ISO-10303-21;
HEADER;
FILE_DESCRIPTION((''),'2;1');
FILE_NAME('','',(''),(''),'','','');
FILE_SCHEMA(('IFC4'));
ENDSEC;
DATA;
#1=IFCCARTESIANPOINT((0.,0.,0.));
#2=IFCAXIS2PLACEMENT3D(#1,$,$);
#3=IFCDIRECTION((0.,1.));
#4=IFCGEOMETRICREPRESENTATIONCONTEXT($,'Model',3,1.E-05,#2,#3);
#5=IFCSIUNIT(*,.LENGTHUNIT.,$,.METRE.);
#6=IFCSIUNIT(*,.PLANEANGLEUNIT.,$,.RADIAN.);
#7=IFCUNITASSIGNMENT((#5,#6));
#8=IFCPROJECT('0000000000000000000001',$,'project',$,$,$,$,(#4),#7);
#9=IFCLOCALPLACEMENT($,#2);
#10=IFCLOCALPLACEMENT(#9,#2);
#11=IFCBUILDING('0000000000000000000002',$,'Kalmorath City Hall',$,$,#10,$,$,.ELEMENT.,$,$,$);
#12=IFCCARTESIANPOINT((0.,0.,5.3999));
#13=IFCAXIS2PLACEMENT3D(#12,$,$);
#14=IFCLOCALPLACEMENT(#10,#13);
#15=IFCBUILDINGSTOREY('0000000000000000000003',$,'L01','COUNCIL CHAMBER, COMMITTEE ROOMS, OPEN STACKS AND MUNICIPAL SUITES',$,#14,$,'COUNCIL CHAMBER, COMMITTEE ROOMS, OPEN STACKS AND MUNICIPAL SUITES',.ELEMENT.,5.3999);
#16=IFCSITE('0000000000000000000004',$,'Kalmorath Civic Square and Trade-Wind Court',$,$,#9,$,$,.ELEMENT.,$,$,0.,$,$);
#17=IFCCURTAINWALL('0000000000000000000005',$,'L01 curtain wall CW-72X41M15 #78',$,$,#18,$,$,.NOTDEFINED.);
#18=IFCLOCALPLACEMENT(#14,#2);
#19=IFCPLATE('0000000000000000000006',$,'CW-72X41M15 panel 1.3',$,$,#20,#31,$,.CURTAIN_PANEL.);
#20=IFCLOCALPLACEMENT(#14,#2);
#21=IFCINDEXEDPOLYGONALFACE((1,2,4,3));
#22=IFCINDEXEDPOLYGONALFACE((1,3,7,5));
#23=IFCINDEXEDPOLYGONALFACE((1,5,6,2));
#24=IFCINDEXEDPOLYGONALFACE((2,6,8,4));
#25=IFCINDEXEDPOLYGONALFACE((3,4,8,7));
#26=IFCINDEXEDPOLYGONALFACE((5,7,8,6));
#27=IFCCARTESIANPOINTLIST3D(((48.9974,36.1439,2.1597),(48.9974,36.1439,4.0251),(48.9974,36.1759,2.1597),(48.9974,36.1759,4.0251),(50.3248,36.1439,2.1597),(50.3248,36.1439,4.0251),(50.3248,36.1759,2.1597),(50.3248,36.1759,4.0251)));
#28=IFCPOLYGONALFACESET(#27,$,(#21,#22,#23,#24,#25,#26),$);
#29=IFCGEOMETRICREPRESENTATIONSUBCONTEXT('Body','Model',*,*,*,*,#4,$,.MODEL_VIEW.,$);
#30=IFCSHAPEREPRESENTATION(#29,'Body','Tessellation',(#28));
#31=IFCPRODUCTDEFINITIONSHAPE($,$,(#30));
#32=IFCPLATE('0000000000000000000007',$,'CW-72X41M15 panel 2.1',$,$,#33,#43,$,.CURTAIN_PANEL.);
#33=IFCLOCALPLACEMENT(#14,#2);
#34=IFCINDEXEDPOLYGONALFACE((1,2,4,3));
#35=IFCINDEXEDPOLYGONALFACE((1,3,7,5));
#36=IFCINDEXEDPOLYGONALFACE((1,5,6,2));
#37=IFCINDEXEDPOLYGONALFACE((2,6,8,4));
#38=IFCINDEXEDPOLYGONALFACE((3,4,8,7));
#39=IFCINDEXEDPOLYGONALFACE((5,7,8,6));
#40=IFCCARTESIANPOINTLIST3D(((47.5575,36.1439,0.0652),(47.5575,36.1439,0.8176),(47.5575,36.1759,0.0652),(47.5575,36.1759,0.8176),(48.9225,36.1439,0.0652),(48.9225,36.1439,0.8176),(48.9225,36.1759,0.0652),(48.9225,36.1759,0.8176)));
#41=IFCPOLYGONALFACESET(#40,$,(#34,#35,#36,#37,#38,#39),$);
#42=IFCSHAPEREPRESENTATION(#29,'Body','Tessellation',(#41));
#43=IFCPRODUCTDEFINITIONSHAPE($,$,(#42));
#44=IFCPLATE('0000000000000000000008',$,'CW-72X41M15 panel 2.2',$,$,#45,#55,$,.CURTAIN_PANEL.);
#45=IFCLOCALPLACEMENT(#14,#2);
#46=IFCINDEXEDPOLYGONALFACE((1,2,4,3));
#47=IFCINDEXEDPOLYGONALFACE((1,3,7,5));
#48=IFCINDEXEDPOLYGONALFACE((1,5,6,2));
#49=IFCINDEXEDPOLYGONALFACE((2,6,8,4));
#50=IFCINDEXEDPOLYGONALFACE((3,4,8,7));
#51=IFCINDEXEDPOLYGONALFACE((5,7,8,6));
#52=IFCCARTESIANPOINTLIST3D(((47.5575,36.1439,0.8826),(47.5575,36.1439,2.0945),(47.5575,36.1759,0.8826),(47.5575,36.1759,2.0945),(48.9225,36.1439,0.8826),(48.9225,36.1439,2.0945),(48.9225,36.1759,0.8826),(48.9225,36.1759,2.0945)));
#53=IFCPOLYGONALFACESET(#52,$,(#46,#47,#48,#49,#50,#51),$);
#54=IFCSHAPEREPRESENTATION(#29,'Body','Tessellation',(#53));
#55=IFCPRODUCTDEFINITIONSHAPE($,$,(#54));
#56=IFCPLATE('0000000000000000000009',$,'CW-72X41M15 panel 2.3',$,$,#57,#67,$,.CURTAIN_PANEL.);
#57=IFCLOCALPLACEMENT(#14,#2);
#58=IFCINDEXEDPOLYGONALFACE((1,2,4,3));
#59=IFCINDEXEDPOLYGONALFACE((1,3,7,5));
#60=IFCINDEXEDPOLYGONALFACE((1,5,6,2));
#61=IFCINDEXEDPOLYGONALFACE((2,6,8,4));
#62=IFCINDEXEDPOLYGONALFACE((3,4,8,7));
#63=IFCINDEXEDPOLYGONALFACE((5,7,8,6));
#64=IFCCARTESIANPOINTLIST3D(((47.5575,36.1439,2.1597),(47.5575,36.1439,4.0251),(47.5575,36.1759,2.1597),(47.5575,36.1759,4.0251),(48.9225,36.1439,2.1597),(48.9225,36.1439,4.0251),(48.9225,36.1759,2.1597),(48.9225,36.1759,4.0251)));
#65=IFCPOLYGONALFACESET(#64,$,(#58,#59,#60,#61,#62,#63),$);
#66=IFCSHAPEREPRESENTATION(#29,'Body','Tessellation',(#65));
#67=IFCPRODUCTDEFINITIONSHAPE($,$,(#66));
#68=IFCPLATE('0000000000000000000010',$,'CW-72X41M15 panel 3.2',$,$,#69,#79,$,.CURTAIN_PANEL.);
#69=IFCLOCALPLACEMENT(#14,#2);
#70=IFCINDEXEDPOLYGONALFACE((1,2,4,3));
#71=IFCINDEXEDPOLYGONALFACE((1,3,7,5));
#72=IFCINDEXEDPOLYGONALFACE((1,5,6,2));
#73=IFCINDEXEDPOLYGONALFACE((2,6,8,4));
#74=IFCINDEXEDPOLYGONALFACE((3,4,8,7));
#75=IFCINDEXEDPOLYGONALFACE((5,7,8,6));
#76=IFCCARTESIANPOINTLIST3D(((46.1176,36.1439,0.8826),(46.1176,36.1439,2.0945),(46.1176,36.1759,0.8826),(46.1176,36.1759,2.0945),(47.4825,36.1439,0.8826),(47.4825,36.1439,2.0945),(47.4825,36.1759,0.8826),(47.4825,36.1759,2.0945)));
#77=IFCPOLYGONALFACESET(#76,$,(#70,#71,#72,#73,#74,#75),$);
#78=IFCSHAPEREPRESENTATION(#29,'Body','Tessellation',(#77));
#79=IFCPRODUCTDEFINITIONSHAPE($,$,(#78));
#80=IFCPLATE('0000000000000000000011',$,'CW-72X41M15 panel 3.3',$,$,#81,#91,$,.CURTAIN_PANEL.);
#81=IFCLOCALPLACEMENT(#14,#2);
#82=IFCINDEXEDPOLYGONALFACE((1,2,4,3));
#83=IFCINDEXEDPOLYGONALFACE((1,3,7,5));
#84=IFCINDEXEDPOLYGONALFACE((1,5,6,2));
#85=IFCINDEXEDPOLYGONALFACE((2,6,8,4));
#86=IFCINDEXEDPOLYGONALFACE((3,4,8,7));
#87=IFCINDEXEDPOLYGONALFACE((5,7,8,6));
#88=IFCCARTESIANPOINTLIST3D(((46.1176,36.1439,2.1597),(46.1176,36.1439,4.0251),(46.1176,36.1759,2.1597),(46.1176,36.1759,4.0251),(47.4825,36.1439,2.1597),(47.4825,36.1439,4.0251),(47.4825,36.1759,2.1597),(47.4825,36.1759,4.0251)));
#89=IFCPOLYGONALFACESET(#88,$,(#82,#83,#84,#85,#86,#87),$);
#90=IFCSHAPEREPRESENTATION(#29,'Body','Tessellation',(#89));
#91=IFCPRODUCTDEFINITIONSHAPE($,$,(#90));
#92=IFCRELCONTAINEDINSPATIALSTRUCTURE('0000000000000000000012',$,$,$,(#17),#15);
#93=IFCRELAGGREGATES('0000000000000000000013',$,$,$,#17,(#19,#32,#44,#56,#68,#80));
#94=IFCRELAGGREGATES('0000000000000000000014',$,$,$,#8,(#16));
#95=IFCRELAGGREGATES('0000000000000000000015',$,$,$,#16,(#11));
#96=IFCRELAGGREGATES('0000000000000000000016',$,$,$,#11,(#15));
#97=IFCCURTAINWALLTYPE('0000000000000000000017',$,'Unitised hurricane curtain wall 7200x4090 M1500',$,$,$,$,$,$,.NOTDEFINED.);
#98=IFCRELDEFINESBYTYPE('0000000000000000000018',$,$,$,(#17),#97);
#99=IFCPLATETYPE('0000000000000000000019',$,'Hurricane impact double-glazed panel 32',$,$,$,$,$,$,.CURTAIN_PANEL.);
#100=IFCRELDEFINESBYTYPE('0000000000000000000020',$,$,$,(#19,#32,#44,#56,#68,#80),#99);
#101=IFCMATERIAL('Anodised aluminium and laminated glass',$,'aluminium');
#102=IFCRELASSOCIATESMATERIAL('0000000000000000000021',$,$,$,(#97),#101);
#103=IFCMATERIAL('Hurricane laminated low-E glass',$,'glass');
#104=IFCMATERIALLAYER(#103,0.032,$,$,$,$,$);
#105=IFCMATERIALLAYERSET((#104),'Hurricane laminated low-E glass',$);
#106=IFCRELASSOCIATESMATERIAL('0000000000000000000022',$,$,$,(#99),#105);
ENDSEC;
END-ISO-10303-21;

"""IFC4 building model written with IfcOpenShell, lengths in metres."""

from ifc_helpers import new_model, si_unit, direction, frame, origin, origin_2d, place, context, subcontext, project, spatial, rectangle, extrude, material, layer, layer_set, type_object, element, aggregate, save


model = new_model("IFC4")

# Units and contexts
model_context = context("Model", 3, precision=1e-05, world=origin(), true_north=direction((0.0, 1.0)))
body_context = subcontext(model_context, "Body", "Model", "MODEL_VIEW")
ifc_project = project(units=[si_unit("LENGTHUNIT", "METRE"), si_unit("PLANEANGLEUNIT", "RADIAN")], contexts=[model_context])

# Site, building, storey
site_placement = place(None, origin())
site = spatial("IfcSite", under=ifc_project, at=site_placement, Name="Kalmorath Civic Square and Trade-Wind Court", CompositionType="ELEMENT", RefElevation=0.0)
building_placement = place(site_placement, origin())
building = spatial("IfcBuilding", under=site, at=building_placement, Name="Kalmorath City Hall", CompositionType="ELEMENT")
storey_placement = place(building_placement, frame((0.0, 0.0, 5.3999)))
storey = spatial("IfcBuildingStorey", under=building, at=storey_placement, Name="L01", Description="COUNCIL CHAMBER, COMMITTEE ROOMS, OPEN STACKS AND MUNICIPAL SUITES", LongName="COUNCIL CHAMBER, COMMITTEE ROOMS, OPEN STACKS AND MUNICIPAL SUITES", CompositionType="ELEMENT", Elevation=5.3999)

# Curtain wall
ifc_material_1 = material(Name="Anodised aluminium and laminated glass", Category="aluminium")
curtain_wall_type_1 = type_object("IfcCurtainWallType", Name="Unitised hurricane curtain wall 7200x4090 M1500", PredefinedType="NOTDEFINED", material=ifc_material_1)
curtain_wall_1_placement = place(storey_placement, origin())
curtain_wall_1 = element("IfcCurtainWall", 1, at=curtain_wall_1_placement, inside=storey, type_object=curtain_wall_type_1, Name="L01 curtain wall CW-72X41M15 #78", PredefinedType="NOTDEFINED")

# Plates
ifc_material_2 = material(Name="Hurricane laminated low-E glass", Category="glass")
ifc_layer = layer(ifc_material_2, 0.032)
ifc_layer_set = layer_set([ifc_layer], Name="Hurricane laminated low-E glass")
plate_type = type_object("IfcPlateType", Name="Hurricane impact double-glazed panel 32", PredefinedType="CURTAIN_PANEL", material=ifc_layer_set)
plate_1_placement = place(storey_placement, frame((49.6611, 36.1599, 2.1597), z_axis=(0.0, 0.0, 1.0), x_axis=(-1.0, 0.0, 0.0)))
plate_1 = element("IfcPlate", 2, at=plate_1_placement, type_object=plate_type, Name="CW-72X41M15 panel 1.3", PredefinedType="CURTAIN_PANEL", context=body_context, shape_type="SweptSolid", body=[
    extrude(rectangle(XDim=1.3274, YDim=0.032, at=origin_2d()), origin(), (0.0, 0.0, 1.0), 1.8655),
])
plate_2_placement = place(storey_placement, frame((48.24, 36.1599, 0.0652), z_axis=(0.0, 0.0, 1.0), x_axis=(-1.0, 0.0, 0.0)))
plate_2 = element("IfcPlate", 3, at=plate_2_placement, type_object=plate_type, Name="CW-72X41M15 panel 2.1", PredefinedType="CURTAIN_PANEL", context=body_context, shape_type="SweptSolid", body=[
    extrude(rectangle(XDim=1.365, YDim=0.032, at=origin_2d()), origin(), (0.0, 0.0, 1.0), 0.7524),
])
plate_3_placement = place(storey_placement, frame((48.24, 36.1599, 0.8826), z_axis=(0.0, 0.0, 1.0), x_axis=(-1.0, 0.0, 0.0)))
plate_3 = element("IfcPlate", 4, at=plate_3_placement, type_object=plate_type, Name="CW-72X41M15 panel 2.2", PredefinedType="CURTAIN_PANEL", context=body_context, shape_type="SweptSolid", body=[
    extrude(rectangle(XDim=1.365, YDim=0.032, at=origin_2d()), origin(), (0.0, 0.0, 1.0), 1.2119),
])
plate_4_placement = place(storey_placement, frame((48.24, 36.1599, 2.1597), z_axis=(0.0, 0.0, 1.0), x_axis=(-1.0, 0.0, 0.0)))
plate_4 = element("IfcPlate", 5, at=plate_4_placement, type_object=plate_type, Name="CW-72X41M15 panel 2.3", PredefinedType="CURTAIN_PANEL", context=body_context, shape_type="SweptSolid", body=[
    extrude(rectangle(XDim=1.365, YDim=0.032, at=origin_2d()), origin(), (0.0, 0.0, 1.0), 1.8655),
])
plate_5_placement = place(storey_placement, frame((46.8, 36.1599, 0.8826), z_axis=(0.0, 0.0, 1.0), x_axis=(-1.0, 0.0, 0.0)))
plate_5 = element("IfcPlate", 6, at=plate_5_placement, type_object=plate_type, Name="CW-72X41M15 panel 3.2", PredefinedType="CURTAIN_PANEL", context=body_context, shape_type="SweptSolid", body=[
    extrude(rectangle(XDim=1.365, YDim=0.032, at=origin_2d()), origin(), (0.0, 0.0, 1.0), 1.2119),
])
plate_6_placement = place(storey_placement, frame((46.8, 36.1599, 2.1597), z_axis=(0.0, 0.0, 1.0), x_axis=(-1.0, 0.0, 0.0)))
plate_6 = element("IfcPlate", 7, at=plate_6_placement, type_object=plate_type, Name="CW-72X41M15 panel 3.3", PredefinedType="CURTAIN_PANEL", context=body_context, shape_type="SweptSolid", body=[
    extrude(rectangle(XDim=1.365, YDim=0.032, at=origin_2d()), origin(), (0.0, 0.0, 1.0), 1.8655),
])
aggregate(curtain_wall_1, [plate_1, plate_2, plate_3, plate_4, plate_5, plate_6])

save(model, "model.ifc")
